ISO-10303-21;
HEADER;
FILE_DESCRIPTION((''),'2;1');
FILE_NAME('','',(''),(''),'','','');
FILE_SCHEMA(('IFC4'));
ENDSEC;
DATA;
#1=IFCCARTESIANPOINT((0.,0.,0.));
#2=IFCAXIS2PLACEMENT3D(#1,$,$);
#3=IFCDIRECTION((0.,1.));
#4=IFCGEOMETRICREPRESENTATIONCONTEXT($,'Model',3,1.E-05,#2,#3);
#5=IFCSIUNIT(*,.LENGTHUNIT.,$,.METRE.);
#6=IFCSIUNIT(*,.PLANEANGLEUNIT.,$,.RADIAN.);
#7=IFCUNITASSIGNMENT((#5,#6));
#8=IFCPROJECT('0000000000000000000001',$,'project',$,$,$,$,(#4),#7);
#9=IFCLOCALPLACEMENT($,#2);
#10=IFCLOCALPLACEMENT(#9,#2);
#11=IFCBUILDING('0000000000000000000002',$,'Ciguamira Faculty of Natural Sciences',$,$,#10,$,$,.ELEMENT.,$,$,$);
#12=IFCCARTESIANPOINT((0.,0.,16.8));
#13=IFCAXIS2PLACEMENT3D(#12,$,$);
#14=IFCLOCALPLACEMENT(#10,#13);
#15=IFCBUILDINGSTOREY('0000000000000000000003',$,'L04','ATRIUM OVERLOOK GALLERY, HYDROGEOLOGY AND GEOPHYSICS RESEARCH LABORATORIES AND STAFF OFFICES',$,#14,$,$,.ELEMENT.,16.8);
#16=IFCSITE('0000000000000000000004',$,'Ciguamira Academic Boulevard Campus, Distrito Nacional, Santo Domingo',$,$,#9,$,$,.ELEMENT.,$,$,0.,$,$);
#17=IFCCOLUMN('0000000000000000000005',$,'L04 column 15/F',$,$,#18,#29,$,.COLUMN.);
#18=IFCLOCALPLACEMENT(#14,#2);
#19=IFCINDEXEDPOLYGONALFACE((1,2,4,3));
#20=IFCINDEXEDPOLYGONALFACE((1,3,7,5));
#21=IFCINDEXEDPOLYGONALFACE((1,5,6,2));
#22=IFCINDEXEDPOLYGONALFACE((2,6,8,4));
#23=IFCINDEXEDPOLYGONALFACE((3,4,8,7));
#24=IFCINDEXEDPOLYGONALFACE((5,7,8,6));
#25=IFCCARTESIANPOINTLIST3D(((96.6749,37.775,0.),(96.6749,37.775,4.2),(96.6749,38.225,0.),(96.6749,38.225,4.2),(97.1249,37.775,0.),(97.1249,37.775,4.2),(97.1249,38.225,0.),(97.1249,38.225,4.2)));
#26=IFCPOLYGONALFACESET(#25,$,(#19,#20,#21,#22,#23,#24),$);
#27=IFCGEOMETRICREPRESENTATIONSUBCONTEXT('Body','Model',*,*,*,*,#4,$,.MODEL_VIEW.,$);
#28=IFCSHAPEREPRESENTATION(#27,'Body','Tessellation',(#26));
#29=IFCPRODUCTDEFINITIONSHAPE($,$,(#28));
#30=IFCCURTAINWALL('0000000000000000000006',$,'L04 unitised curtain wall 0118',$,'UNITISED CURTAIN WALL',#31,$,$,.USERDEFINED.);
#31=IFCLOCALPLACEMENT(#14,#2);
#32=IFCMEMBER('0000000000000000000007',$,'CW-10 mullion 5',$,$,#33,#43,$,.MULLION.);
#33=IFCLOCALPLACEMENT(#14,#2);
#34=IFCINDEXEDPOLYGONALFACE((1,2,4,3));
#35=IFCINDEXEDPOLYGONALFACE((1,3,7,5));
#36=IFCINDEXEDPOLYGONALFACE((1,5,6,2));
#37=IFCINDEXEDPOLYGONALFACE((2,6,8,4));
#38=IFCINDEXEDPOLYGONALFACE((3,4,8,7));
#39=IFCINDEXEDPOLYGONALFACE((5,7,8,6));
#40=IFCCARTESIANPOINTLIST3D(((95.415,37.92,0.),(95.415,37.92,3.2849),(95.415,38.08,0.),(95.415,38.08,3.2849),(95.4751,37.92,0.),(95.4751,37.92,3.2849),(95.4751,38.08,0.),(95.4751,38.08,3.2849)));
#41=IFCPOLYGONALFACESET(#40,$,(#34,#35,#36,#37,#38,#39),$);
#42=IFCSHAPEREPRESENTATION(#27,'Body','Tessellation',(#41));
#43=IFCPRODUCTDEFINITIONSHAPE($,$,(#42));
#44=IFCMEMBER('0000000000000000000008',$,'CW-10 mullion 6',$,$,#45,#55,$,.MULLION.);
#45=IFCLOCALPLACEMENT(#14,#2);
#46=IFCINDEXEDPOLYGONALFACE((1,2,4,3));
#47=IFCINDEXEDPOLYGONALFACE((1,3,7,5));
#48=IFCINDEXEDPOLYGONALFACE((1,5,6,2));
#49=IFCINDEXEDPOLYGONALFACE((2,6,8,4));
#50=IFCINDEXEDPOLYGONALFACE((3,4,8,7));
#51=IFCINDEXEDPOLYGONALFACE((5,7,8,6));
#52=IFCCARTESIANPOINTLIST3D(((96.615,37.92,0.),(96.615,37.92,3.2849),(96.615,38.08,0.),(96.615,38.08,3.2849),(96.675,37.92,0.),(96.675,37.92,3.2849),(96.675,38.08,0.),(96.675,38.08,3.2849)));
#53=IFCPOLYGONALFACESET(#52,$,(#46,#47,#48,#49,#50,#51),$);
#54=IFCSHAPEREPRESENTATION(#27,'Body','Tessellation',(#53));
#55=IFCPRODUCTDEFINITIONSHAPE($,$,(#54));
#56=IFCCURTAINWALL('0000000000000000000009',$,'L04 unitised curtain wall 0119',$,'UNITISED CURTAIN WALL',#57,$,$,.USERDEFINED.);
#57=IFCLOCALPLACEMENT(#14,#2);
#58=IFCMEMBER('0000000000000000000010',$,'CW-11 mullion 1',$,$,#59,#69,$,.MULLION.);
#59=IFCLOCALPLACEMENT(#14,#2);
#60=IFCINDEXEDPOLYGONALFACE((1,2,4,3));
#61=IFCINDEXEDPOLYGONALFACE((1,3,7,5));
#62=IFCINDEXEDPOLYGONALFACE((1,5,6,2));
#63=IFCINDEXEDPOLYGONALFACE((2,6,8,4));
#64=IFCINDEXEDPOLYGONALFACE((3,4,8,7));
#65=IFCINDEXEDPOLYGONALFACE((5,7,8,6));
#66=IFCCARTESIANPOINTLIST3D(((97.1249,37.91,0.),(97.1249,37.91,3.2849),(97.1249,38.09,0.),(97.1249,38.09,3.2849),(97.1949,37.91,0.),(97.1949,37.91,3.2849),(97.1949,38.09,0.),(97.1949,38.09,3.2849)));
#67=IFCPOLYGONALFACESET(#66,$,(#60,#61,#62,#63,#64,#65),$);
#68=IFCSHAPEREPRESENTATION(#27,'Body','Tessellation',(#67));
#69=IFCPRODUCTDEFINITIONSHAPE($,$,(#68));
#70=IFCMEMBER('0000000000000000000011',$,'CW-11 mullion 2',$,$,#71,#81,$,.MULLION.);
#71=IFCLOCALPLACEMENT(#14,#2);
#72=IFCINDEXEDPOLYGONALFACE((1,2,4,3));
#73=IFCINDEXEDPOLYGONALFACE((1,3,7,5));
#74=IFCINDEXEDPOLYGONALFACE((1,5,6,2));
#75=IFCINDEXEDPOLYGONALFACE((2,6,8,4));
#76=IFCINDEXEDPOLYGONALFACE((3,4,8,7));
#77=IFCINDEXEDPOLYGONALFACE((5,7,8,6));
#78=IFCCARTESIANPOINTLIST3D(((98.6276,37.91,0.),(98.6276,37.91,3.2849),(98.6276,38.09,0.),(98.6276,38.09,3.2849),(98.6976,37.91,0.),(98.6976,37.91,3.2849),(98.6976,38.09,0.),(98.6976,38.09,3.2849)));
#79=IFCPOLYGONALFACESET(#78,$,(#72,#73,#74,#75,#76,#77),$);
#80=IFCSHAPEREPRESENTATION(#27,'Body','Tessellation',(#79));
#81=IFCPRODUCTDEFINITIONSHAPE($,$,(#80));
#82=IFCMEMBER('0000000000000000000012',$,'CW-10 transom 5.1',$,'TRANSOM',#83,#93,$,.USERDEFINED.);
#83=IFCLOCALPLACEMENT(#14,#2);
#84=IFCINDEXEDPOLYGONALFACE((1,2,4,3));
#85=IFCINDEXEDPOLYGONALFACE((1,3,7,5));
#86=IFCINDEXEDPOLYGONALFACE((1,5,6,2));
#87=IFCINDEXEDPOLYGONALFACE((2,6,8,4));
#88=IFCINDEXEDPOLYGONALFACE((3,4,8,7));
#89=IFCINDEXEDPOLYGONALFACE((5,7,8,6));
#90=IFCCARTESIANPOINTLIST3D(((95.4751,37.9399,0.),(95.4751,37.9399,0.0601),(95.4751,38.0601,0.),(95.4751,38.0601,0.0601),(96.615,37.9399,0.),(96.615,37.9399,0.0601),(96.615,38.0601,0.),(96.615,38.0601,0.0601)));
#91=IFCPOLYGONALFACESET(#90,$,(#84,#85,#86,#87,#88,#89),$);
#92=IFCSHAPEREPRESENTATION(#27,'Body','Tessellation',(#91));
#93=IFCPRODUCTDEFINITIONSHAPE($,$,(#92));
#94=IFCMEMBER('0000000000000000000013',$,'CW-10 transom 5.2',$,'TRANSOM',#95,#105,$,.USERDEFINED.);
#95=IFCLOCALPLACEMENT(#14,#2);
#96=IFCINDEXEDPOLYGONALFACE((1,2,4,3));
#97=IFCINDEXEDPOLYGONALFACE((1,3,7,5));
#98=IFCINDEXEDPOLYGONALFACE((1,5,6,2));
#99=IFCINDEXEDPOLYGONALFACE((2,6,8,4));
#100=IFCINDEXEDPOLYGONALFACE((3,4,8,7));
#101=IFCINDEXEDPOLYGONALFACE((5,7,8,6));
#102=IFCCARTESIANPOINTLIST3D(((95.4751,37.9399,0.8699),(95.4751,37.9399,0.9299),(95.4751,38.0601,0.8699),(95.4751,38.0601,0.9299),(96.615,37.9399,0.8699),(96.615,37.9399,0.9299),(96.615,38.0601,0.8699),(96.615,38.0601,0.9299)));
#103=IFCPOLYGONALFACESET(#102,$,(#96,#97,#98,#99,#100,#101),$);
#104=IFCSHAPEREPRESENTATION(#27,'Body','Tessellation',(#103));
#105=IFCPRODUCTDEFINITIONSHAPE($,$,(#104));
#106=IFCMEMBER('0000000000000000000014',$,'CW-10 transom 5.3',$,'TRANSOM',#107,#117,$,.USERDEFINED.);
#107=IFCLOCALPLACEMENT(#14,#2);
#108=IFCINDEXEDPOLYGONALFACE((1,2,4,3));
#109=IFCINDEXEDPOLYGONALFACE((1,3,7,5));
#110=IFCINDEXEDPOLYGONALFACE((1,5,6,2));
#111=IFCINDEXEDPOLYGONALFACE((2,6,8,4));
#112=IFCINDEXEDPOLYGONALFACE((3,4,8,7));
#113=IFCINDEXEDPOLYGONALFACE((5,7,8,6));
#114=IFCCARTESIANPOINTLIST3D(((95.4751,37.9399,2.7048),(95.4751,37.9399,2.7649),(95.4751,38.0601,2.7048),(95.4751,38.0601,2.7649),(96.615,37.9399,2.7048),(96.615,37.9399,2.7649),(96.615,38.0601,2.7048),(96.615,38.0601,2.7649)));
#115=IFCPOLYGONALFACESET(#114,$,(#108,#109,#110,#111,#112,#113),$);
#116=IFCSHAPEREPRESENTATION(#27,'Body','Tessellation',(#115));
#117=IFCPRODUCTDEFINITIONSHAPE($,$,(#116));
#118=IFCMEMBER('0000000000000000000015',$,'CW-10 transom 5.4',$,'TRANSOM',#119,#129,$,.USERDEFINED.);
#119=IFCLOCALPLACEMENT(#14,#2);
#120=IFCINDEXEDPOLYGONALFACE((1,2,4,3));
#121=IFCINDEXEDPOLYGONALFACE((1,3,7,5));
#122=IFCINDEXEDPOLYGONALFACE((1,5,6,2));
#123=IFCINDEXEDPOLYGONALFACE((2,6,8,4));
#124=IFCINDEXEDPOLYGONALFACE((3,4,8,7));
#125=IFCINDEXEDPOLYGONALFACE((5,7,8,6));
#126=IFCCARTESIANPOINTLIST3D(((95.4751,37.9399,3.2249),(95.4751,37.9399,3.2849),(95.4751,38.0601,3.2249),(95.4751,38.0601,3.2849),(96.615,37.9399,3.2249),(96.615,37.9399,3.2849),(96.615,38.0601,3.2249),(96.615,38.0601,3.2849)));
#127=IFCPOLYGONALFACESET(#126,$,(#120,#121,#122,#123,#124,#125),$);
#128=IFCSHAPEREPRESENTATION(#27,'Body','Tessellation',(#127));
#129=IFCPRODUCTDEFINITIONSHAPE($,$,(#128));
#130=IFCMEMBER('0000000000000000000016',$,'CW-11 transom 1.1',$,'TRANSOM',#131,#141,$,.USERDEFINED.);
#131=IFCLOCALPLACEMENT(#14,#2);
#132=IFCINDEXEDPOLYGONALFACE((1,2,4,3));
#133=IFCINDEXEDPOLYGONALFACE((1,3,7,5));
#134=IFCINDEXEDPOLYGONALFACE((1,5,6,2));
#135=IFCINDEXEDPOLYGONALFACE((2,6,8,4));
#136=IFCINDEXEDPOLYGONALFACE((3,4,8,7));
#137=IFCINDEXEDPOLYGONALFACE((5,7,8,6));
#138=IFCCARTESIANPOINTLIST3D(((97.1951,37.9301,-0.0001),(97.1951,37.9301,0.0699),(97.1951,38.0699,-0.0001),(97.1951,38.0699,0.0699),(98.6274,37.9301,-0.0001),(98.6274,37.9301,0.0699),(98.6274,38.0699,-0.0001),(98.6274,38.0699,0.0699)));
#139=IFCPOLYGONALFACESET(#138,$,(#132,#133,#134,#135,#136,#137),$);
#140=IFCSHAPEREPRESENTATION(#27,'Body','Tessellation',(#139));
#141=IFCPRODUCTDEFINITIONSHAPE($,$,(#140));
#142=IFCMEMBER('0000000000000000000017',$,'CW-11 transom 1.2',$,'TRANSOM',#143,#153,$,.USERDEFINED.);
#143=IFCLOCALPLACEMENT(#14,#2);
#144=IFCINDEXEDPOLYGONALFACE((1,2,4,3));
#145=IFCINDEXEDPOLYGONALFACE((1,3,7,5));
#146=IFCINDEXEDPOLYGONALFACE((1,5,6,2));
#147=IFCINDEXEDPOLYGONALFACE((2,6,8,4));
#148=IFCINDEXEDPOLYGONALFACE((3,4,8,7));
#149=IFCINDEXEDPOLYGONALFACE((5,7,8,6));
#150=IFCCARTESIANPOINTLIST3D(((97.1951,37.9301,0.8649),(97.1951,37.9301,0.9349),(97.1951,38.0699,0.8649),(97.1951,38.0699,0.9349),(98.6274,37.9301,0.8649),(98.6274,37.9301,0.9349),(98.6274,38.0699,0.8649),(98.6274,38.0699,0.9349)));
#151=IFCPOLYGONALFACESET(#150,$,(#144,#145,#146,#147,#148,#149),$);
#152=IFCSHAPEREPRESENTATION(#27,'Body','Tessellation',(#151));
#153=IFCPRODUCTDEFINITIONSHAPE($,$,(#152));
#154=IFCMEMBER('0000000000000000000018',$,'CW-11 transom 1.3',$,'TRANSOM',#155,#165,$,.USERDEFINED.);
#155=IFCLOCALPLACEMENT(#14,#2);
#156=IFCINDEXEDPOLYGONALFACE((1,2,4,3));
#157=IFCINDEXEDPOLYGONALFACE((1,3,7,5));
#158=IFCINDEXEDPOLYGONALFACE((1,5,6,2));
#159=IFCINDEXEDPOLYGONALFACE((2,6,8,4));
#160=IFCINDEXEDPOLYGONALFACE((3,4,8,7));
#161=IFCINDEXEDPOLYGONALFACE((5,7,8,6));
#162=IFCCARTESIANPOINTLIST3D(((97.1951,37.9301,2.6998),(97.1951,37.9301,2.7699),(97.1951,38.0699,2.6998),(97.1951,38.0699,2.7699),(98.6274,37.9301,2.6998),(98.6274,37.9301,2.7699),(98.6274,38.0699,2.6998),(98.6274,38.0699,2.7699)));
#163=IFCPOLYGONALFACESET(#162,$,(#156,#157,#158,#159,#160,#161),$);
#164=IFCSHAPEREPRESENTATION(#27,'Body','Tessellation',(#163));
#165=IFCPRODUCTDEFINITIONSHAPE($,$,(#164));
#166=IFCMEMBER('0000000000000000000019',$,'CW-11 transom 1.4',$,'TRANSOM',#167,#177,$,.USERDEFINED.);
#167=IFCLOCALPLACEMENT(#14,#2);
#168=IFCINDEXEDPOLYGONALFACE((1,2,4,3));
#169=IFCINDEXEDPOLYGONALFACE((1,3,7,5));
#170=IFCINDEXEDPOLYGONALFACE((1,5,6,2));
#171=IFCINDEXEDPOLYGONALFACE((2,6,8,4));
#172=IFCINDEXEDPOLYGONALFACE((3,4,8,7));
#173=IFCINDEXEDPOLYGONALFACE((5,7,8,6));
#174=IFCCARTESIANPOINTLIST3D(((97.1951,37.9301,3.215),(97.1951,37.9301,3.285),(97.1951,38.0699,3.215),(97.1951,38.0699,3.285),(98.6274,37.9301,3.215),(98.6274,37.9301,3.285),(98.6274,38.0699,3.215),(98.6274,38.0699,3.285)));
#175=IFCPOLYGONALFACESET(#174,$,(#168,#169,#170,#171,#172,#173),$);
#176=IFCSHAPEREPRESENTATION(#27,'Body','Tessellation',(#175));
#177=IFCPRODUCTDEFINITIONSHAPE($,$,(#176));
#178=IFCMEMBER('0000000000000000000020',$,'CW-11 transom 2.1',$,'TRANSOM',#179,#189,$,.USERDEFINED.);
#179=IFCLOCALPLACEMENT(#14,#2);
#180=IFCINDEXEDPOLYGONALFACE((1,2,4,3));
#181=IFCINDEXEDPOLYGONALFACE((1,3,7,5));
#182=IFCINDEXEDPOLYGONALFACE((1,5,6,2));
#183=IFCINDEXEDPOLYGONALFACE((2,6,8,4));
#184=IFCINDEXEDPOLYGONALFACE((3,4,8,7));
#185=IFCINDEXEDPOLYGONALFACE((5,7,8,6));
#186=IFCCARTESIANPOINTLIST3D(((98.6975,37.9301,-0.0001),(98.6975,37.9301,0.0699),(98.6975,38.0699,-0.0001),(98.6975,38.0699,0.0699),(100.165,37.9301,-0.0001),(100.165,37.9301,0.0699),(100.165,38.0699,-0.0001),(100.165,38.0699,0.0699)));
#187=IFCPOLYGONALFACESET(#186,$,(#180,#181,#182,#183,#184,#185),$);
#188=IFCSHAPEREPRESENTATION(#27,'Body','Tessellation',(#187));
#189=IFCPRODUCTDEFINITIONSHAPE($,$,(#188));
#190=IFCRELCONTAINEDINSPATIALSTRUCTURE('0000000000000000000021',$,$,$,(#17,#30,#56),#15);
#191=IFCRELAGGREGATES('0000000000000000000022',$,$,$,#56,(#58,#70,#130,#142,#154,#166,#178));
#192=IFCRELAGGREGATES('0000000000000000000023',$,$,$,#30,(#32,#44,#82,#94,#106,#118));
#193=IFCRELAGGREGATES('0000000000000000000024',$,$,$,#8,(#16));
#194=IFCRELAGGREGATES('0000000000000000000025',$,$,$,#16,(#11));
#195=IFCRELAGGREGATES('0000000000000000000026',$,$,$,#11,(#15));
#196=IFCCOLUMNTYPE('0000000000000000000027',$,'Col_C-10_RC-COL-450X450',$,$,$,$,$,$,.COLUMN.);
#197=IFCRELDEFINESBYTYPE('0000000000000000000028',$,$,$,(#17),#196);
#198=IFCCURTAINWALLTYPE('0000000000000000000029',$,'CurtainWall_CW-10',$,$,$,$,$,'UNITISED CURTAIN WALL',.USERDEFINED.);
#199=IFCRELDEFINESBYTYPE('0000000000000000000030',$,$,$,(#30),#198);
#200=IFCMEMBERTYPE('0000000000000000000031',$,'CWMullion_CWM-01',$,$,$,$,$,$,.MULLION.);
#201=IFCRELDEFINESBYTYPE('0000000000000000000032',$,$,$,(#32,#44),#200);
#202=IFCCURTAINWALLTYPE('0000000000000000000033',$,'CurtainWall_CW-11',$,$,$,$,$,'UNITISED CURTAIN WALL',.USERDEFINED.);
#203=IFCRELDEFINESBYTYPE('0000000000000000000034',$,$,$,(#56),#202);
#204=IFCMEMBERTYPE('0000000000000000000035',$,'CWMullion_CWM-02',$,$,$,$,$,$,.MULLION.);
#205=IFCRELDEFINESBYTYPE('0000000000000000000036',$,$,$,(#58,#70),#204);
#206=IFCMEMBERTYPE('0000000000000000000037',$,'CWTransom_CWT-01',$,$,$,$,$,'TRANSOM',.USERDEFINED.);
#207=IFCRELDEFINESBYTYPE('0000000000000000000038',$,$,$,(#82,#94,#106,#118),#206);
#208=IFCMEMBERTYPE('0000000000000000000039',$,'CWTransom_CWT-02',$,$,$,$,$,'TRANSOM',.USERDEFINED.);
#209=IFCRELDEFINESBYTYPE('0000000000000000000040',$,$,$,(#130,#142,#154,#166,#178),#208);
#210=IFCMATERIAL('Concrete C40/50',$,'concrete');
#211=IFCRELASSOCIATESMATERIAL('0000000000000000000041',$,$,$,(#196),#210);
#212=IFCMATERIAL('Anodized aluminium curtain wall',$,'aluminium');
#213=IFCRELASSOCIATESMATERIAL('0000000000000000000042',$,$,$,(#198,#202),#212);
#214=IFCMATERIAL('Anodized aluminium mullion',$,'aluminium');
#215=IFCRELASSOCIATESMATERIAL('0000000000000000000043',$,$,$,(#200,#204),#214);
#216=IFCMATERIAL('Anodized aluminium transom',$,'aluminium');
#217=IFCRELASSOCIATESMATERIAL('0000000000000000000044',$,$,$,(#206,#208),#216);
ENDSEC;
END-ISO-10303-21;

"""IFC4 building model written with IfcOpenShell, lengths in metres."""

from ifc_helpers import new_model, si_unit, direction, frame, origin, origin_2d, place, context, subcontext, project, spatial, rectangle, extrude, material, material_profile, profile_set, type_object, element, aggregate, save


model = new_model("IFC4")

# Units and contexts
model_context = context("Model", 3, precision=1e-05, world=origin(), true_north=direction((0.0, 1.0)))
body_context = subcontext(model_context, "Body", "Model", "MODEL_VIEW")
ifc_project = project(units=[si_unit("LENGTHUNIT", "METRE"), si_unit("PLANEANGLEUNIT", "RADIAN")], contexts=[model_context])

# Site, building, storey
site_placement = place(None, origin())
site = spatial("IfcSite", under=ifc_project, at=site_placement, Name="Ciguamira Academic Boulevard Campus, Distrito Nacional, Santo Domingo", CompositionType="ELEMENT", RefElevation=0.0)
building_placement = place(site_placement, origin())
building = spatial("IfcBuilding", under=site, at=building_placement, Name="Ciguamira Faculty of Natural Sciences", CompositionType="ELEMENT")
storey_placement = place(building_placement, frame((0.0, 0.0, 16.8)))
storey = spatial("IfcBuildingStorey", under=building, at=storey_placement, Name="L04", Description="ATRIUM OVERLOOK GALLERY, HYDROGEOLOGY AND GEOPHYSICS RESEARCH LABORATORIES AND STAFF OFFICES", CompositionType="ELEMENT", Elevation=16.8)

# Column
ifc_material_1 = material(Name="Concrete C40/50", Category="concrete")
ifc_material_profile_1 = material_profile(ifc_material_1, rectangle(XDim=0.45, YDim=0.45, at=origin_2d()), Name="RC-COL-450X450")
ifc_profile_set_1 = profile_set([ifc_material_profile_1], Name="Concrete C40/50")
column_type = type_object("IfcColumnType", Name="Col_C-10_RC-COL-450X450", PredefinedType="COLUMN", material=ifc_profile_set_1)
column_placement = place(storey_placement, frame((96.8999, 38.0, 0.0), z_axis=(0.0, 0.0, 1.0), x_axis=(1.0, 0.0, 0.0)))
element("IfcColumn", 1, at=column_placement, inside=storey, type_object=column_type, Name="L04 column 15/F", PredefinedType="COLUMN", context=body_context, shape_type="SweptSolid", body=[
    extrude(rectangle(XDim=0.45, YDim=0.45, at=origin_2d()), origin(), (0.0, 0.0, 1.0), 4.2),
])

# Curtain walls, members
ifc_material_2 = material(Name="Anodized aluminium curtain wall", Category="aluminium")
curtain_wall_type_1 = type_object("IfcCurtainWallType", Name="CurtainWall_CW-10", ElementType="UNITISED CURTAIN WALL", PredefinedType="USERDEFINED", material=ifc_material_2)
curtain_wall_1_placement = place(storey_placement, origin())
curtain_wall_1 = element("IfcCurtainWall", 2, at=curtain_wall_1_placement, inside=storey, type_object=curtain_wall_type_1, Name="L04 unitised curtain wall 0118", ObjectType="UNITISED CURTAIN WALL", PredefinedType="USERDEFINED")
ifc_material_3 = material(Name="Anodized aluminium mullion", Category="aluminium")
ifc_material_profile_2 = material_profile(ifc_material_3, rectangle(XDim=0.0601, YDim=0.1599, at=origin_2d()), Name="ALU-MUL-60X160")
ifc_profile_set_2 = profile_set([ifc_material_profile_2], Name="Anodized aluminium mullion")
member_type_1 = type_object("IfcMemberType", Name="CWMullion_CWM-01", PredefinedType="MULLION", material=ifc_profile_set_2)
member_1_placement = place(storey_placement, frame((95.4451, 38.0, 0.0), z_axis=(0.0, 0.0, 1.0), x_axis=(1.0, 0.0, 0.0)))
member_1 = element("IfcMember", 3, at=member_1_placement, type_object=member_type_1, Name="CW-10 mullion 5", PredefinedType="MULLION", context=body_context, shape_type="SweptSolid", body=[
    extrude(rectangle(XDim=0.0601, YDim=0.1599, at=origin_2d()), origin(), (0.0, 0.0, 1.0), 3.2849),
])
member_2_placement = place(storey_placement, frame((96.645, 38.0, 0.0), z_axis=(0.0, 0.0, 1.0), x_axis=(1.0, 0.0, 0.0)))
member_2 = element("IfcMember", 4, at=member_2_placement, type_object=member_type_1, Name="CW-10 mullion 6", PredefinedType="MULLION", context=body_context, shape_type="SweptSolid", body=[
    extrude(rectangle(XDim=0.0601, YDim=0.1599, at=origin_2d()), origin(), (0.0, 0.0, 1.0), 3.2849),
])
curtain_wall_type_2 = type_object("IfcCurtainWallType", Name="CurtainWall_CW-11", ElementType="UNITISED CURTAIN WALL", PredefinedType="USERDEFINED", material=ifc_material_2)
curtain_wall_2_placement = place(storey_placement, origin())
curtain_wall_2 = element("IfcCurtainWall", 5, at=curtain_wall_2_placement, inside=storey, type_object=curtain_wall_type_2, Name="L04 unitised curtain wall 0119", ObjectType="UNITISED CURTAIN WALL", PredefinedType="USERDEFINED")
ifc_material_profile_3 = material_profile(ifc_material_3, rectangle(XDim=0.0701, YDim=0.1799, at=origin_2d()), Name="ALU-MUL-70X180")
ifc_profile_set_3 = profile_set([ifc_material_profile_3], Name="Anodized aluminium mullion")
member_type_2 = type_object("IfcMemberType", Name="CWMullion_CWM-02", PredefinedType="MULLION", material=ifc_profile_set_3)
member_3_placement = place(storey_placement, frame((97.1599, 38.0, 0.0), z_axis=(0.0, 0.0, 1.0), x_axis=(1.0, 0.0, 0.0)))
member_3 = element("IfcMember", 6, at=member_3_placement, type_object=member_type_2, Name="CW-11 mullion 1", PredefinedType="MULLION", context=body_context, shape_type="SweptSolid", body=[
    extrude(rectangle(XDim=0.0701, YDim=0.1799, at=origin_2d()), origin(), (0.0, 0.0, 1.0), 3.2849),
])
member_4_placement = place(storey_placement, frame((98.6626, 38.0, 0.0), z_axis=(0.0, 0.0, 1.0), x_axis=(1.0, 0.0, 0.0)))
member_4 = element("IfcMember", 7, at=member_4_placement, type_object=member_type_2, Name="CW-11 mullion 2", PredefinedType="MULLION", context=body_context, shape_type="SweptSolid", body=[
    extrude(rectangle(XDim=0.0701, YDim=0.1799, at=origin_2d()), origin(), (0.0, 0.0, 1.0), 3.2849),
])

# Members
ifc_material_4 = material(Name="Anodized aluminium transom", Category="aluminium")
ifc_material_profile_4 = material_profile(ifc_material_4, rectangle(XDim=0.0601, YDim=0.1201, at=origin_2d()), Name="ALU-TRN-60X120")
ifc_profile_set_4 = profile_set([ifc_material_profile_4], Name="Anodized aluminium transom")
member_type_3 = type_object("IfcMemberType", Name="CWTransom_CWT-01", ElementType="TRANSOM", PredefinedType="USERDEFINED", material=ifc_profile_set_4)
member_5_placement = place(storey_placement, frame((95.4751, 38.0, 0.03), z_axis=(1.0, 0.0, 0.0), x_axis=(0.0, 0.0, 1.0)))
member_5 = element("IfcMember", 8, at=member_5_placement, type_object=member_type_3, Name="CW-10 transom 5.1", ObjectType="TRANSOM", PredefinedType="USERDEFINED", context=body_context, shape_type="SweptSolid", body=[
    extrude(rectangle(XDim=0.0601, YDim=0.1201, at=origin_2d()), origin(), (0.0, 0.0, 1.0), 1.1399),
])
member_6_placement = place(storey_placement, frame((95.4751, 38.0, 0.8999), z_axis=(1.0, 0.0, 0.0), x_axis=(0.0, 0.0, 1.0)))
member_6 = element("IfcMember", 9, at=member_6_placement, type_object=member_type_3, Name="CW-10 transom 5.2", ObjectType="TRANSOM", PredefinedType="USERDEFINED", context=body_context, shape_type="SweptSolid", body=[
    extrude(rectangle(XDim=0.0601, YDim=0.1201, at=origin_2d()), origin(), (0.0, 0.0, 1.0), 1.1399),
])
member_7_placement = place(storey_placement, frame((95.4751, 38.0, 2.7349), z_axis=(1.0, 0.0, 0.0), x_axis=(0.0, 0.0, 1.0)))
member_7 = element("IfcMember", 10, at=member_7_placement, type_object=member_type_3, Name="CW-10 transom 5.3", ObjectType="TRANSOM", PredefinedType="USERDEFINED", context=body_context, shape_type="SweptSolid", body=[
    extrude(rectangle(XDim=0.0601, YDim=0.1201, at=origin_2d()), origin(), (0.0, 0.0, 1.0), 1.1399),
])
member_8_placement = place(storey_placement, frame((95.4751, 38.0, 3.2549), z_axis=(1.0, 0.0, 0.0), x_axis=(0.0, 0.0, 1.0)))
member_8 = element("IfcMember", 11, at=member_8_placement, type_object=member_type_3, Name="CW-10 transom 5.4", ObjectType="TRANSOM", PredefinedType="USERDEFINED", context=body_context, shape_type="SweptSolid", body=[
    extrude(rectangle(XDim=0.0601, YDim=0.1201, at=origin_2d()), origin(), (0.0, 0.0, 1.0), 1.1399),
])
ifc_material_profile_5 = material_profile(ifc_material_4, rectangle(XDim=0.0701, YDim=0.1399, at=origin_2d()), Name="ALU-TRN-70X140")
ifc_profile_set_5 = profile_set([ifc_material_profile_5], Name="Anodized aluminium transom")
member_type_4 = type_object("IfcMemberType", Name="CWTransom_CWT-02", ElementType="TRANSOM", PredefinedType="USERDEFINED", material=ifc_profile_set_5)
member_9_placement = place(storey_placement, frame((97.1951, 38.0, 0.0349), z_axis=(1.0, 0.0, 0.0), x_axis=(0.0, 0.0, 1.0)))
member_9 = element("IfcMember", 12, at=member_9_placement, type_object=member_type_4, Name="CW-11 transom 1.1", ObjectType="TRANSOM", PredefinedType="USERDEFINED", context=body_context, shape_type="SweptSolid", body=[
    extrude(rectangle(XDim=0.0701, YDim=0.1399, at=origin_2d()), origin(), (0.0, 0.0, 1.0), 1.4324),
])
member_10_placement = place(storey_placement, frame((97.1951, 38.0, 0.8999), z_axis=(1.0, 0.0, 0.0), x_axis=(0.0, 0.0, 1.0)))
member_10 = element("IfcMember", 13, at=member_10_placement, type_object=member_type_4, Name="CW-11 transom 1.2", ObjectType="TRANSOM", PredefinedType="USERDEFINED", context=body_context, shape_type="SweptSolid", body=[
    extrude(rectangle(XDim=0.0701, YDim=0.1399, at=origin_2d()), origin(), (0.0, 0.0, 1.0), 1.4324),
])
member_11_placement = place(storey_placement, frame((97.1951, 38.0, 2.7349), z_axis=(1.0, 0.0, 0.0), x_axis=(0.0, 0.0, 1.0)))
member_11 = element("IfcMember", 14, at=member_11_placement, type_object=member_type_4, Name="CW-11 transom 1.3", ObjectType="TRANSOM", PredefinedType="USERDEFINED", context=body_context, shape_type="SweptSolid", body=[
    extrude(rectangle(XDim=0.0701, YDim=0.1399, at=origin_2d()), origin(), (0.0, 0.0, 1.0), 1.4324),
])
member_12_placement = place(storey_placement, frame((97.1951, 38.0, 3.25), z_axis=(1.0, 0.0, 0.0), x_axis=(0.0, 0.0, 1.0)))
member_12 = element("IfcMember", 15, at=member_12_placement, type_object=member_type_4, Name="CW-11 transom 1.4", ObjectType="TRANSOM", PredefinedType="USERDEFINED", context=body_context, shape_type="SweptSolid", body=[
    extrude(rectangle(XDim=0.0701, YDim=0.1399, at=origin_2d()), origin(), (0.0, 0.0, 1.0), 1.4324),
])
member_13_placement = place(storey_placement, frame((98.6975, 38.0, 0.0349), z_axis=(1.0, 0.0, 0.0), x_axis=(0.0, 0.0, 1.0)))
member_13 = element("IfcMember", 16, at=member_13_placement, type_object=member_type_4, Name="CW-11 transom 2.1", ObjectType="TRANSOM", PredefinedType="USERDEFINED", context=body_context, shape_type="SweptSolid", body=[
    extrude(rectangle(XDim=0.0701, YDim=0.1399, at=origin_2d()), origin(), (0.0, 0.0, 1.0), 1.4675),
])

aggregate(curtain_wall_2, [member_3, member_4, member_9, member_10, member_11, member_12, member_13])
aggregate(curtain_wall_1, [member_1, member_2, member_5, member_6, member_7, member_8])

save(model, "model.ifc")
